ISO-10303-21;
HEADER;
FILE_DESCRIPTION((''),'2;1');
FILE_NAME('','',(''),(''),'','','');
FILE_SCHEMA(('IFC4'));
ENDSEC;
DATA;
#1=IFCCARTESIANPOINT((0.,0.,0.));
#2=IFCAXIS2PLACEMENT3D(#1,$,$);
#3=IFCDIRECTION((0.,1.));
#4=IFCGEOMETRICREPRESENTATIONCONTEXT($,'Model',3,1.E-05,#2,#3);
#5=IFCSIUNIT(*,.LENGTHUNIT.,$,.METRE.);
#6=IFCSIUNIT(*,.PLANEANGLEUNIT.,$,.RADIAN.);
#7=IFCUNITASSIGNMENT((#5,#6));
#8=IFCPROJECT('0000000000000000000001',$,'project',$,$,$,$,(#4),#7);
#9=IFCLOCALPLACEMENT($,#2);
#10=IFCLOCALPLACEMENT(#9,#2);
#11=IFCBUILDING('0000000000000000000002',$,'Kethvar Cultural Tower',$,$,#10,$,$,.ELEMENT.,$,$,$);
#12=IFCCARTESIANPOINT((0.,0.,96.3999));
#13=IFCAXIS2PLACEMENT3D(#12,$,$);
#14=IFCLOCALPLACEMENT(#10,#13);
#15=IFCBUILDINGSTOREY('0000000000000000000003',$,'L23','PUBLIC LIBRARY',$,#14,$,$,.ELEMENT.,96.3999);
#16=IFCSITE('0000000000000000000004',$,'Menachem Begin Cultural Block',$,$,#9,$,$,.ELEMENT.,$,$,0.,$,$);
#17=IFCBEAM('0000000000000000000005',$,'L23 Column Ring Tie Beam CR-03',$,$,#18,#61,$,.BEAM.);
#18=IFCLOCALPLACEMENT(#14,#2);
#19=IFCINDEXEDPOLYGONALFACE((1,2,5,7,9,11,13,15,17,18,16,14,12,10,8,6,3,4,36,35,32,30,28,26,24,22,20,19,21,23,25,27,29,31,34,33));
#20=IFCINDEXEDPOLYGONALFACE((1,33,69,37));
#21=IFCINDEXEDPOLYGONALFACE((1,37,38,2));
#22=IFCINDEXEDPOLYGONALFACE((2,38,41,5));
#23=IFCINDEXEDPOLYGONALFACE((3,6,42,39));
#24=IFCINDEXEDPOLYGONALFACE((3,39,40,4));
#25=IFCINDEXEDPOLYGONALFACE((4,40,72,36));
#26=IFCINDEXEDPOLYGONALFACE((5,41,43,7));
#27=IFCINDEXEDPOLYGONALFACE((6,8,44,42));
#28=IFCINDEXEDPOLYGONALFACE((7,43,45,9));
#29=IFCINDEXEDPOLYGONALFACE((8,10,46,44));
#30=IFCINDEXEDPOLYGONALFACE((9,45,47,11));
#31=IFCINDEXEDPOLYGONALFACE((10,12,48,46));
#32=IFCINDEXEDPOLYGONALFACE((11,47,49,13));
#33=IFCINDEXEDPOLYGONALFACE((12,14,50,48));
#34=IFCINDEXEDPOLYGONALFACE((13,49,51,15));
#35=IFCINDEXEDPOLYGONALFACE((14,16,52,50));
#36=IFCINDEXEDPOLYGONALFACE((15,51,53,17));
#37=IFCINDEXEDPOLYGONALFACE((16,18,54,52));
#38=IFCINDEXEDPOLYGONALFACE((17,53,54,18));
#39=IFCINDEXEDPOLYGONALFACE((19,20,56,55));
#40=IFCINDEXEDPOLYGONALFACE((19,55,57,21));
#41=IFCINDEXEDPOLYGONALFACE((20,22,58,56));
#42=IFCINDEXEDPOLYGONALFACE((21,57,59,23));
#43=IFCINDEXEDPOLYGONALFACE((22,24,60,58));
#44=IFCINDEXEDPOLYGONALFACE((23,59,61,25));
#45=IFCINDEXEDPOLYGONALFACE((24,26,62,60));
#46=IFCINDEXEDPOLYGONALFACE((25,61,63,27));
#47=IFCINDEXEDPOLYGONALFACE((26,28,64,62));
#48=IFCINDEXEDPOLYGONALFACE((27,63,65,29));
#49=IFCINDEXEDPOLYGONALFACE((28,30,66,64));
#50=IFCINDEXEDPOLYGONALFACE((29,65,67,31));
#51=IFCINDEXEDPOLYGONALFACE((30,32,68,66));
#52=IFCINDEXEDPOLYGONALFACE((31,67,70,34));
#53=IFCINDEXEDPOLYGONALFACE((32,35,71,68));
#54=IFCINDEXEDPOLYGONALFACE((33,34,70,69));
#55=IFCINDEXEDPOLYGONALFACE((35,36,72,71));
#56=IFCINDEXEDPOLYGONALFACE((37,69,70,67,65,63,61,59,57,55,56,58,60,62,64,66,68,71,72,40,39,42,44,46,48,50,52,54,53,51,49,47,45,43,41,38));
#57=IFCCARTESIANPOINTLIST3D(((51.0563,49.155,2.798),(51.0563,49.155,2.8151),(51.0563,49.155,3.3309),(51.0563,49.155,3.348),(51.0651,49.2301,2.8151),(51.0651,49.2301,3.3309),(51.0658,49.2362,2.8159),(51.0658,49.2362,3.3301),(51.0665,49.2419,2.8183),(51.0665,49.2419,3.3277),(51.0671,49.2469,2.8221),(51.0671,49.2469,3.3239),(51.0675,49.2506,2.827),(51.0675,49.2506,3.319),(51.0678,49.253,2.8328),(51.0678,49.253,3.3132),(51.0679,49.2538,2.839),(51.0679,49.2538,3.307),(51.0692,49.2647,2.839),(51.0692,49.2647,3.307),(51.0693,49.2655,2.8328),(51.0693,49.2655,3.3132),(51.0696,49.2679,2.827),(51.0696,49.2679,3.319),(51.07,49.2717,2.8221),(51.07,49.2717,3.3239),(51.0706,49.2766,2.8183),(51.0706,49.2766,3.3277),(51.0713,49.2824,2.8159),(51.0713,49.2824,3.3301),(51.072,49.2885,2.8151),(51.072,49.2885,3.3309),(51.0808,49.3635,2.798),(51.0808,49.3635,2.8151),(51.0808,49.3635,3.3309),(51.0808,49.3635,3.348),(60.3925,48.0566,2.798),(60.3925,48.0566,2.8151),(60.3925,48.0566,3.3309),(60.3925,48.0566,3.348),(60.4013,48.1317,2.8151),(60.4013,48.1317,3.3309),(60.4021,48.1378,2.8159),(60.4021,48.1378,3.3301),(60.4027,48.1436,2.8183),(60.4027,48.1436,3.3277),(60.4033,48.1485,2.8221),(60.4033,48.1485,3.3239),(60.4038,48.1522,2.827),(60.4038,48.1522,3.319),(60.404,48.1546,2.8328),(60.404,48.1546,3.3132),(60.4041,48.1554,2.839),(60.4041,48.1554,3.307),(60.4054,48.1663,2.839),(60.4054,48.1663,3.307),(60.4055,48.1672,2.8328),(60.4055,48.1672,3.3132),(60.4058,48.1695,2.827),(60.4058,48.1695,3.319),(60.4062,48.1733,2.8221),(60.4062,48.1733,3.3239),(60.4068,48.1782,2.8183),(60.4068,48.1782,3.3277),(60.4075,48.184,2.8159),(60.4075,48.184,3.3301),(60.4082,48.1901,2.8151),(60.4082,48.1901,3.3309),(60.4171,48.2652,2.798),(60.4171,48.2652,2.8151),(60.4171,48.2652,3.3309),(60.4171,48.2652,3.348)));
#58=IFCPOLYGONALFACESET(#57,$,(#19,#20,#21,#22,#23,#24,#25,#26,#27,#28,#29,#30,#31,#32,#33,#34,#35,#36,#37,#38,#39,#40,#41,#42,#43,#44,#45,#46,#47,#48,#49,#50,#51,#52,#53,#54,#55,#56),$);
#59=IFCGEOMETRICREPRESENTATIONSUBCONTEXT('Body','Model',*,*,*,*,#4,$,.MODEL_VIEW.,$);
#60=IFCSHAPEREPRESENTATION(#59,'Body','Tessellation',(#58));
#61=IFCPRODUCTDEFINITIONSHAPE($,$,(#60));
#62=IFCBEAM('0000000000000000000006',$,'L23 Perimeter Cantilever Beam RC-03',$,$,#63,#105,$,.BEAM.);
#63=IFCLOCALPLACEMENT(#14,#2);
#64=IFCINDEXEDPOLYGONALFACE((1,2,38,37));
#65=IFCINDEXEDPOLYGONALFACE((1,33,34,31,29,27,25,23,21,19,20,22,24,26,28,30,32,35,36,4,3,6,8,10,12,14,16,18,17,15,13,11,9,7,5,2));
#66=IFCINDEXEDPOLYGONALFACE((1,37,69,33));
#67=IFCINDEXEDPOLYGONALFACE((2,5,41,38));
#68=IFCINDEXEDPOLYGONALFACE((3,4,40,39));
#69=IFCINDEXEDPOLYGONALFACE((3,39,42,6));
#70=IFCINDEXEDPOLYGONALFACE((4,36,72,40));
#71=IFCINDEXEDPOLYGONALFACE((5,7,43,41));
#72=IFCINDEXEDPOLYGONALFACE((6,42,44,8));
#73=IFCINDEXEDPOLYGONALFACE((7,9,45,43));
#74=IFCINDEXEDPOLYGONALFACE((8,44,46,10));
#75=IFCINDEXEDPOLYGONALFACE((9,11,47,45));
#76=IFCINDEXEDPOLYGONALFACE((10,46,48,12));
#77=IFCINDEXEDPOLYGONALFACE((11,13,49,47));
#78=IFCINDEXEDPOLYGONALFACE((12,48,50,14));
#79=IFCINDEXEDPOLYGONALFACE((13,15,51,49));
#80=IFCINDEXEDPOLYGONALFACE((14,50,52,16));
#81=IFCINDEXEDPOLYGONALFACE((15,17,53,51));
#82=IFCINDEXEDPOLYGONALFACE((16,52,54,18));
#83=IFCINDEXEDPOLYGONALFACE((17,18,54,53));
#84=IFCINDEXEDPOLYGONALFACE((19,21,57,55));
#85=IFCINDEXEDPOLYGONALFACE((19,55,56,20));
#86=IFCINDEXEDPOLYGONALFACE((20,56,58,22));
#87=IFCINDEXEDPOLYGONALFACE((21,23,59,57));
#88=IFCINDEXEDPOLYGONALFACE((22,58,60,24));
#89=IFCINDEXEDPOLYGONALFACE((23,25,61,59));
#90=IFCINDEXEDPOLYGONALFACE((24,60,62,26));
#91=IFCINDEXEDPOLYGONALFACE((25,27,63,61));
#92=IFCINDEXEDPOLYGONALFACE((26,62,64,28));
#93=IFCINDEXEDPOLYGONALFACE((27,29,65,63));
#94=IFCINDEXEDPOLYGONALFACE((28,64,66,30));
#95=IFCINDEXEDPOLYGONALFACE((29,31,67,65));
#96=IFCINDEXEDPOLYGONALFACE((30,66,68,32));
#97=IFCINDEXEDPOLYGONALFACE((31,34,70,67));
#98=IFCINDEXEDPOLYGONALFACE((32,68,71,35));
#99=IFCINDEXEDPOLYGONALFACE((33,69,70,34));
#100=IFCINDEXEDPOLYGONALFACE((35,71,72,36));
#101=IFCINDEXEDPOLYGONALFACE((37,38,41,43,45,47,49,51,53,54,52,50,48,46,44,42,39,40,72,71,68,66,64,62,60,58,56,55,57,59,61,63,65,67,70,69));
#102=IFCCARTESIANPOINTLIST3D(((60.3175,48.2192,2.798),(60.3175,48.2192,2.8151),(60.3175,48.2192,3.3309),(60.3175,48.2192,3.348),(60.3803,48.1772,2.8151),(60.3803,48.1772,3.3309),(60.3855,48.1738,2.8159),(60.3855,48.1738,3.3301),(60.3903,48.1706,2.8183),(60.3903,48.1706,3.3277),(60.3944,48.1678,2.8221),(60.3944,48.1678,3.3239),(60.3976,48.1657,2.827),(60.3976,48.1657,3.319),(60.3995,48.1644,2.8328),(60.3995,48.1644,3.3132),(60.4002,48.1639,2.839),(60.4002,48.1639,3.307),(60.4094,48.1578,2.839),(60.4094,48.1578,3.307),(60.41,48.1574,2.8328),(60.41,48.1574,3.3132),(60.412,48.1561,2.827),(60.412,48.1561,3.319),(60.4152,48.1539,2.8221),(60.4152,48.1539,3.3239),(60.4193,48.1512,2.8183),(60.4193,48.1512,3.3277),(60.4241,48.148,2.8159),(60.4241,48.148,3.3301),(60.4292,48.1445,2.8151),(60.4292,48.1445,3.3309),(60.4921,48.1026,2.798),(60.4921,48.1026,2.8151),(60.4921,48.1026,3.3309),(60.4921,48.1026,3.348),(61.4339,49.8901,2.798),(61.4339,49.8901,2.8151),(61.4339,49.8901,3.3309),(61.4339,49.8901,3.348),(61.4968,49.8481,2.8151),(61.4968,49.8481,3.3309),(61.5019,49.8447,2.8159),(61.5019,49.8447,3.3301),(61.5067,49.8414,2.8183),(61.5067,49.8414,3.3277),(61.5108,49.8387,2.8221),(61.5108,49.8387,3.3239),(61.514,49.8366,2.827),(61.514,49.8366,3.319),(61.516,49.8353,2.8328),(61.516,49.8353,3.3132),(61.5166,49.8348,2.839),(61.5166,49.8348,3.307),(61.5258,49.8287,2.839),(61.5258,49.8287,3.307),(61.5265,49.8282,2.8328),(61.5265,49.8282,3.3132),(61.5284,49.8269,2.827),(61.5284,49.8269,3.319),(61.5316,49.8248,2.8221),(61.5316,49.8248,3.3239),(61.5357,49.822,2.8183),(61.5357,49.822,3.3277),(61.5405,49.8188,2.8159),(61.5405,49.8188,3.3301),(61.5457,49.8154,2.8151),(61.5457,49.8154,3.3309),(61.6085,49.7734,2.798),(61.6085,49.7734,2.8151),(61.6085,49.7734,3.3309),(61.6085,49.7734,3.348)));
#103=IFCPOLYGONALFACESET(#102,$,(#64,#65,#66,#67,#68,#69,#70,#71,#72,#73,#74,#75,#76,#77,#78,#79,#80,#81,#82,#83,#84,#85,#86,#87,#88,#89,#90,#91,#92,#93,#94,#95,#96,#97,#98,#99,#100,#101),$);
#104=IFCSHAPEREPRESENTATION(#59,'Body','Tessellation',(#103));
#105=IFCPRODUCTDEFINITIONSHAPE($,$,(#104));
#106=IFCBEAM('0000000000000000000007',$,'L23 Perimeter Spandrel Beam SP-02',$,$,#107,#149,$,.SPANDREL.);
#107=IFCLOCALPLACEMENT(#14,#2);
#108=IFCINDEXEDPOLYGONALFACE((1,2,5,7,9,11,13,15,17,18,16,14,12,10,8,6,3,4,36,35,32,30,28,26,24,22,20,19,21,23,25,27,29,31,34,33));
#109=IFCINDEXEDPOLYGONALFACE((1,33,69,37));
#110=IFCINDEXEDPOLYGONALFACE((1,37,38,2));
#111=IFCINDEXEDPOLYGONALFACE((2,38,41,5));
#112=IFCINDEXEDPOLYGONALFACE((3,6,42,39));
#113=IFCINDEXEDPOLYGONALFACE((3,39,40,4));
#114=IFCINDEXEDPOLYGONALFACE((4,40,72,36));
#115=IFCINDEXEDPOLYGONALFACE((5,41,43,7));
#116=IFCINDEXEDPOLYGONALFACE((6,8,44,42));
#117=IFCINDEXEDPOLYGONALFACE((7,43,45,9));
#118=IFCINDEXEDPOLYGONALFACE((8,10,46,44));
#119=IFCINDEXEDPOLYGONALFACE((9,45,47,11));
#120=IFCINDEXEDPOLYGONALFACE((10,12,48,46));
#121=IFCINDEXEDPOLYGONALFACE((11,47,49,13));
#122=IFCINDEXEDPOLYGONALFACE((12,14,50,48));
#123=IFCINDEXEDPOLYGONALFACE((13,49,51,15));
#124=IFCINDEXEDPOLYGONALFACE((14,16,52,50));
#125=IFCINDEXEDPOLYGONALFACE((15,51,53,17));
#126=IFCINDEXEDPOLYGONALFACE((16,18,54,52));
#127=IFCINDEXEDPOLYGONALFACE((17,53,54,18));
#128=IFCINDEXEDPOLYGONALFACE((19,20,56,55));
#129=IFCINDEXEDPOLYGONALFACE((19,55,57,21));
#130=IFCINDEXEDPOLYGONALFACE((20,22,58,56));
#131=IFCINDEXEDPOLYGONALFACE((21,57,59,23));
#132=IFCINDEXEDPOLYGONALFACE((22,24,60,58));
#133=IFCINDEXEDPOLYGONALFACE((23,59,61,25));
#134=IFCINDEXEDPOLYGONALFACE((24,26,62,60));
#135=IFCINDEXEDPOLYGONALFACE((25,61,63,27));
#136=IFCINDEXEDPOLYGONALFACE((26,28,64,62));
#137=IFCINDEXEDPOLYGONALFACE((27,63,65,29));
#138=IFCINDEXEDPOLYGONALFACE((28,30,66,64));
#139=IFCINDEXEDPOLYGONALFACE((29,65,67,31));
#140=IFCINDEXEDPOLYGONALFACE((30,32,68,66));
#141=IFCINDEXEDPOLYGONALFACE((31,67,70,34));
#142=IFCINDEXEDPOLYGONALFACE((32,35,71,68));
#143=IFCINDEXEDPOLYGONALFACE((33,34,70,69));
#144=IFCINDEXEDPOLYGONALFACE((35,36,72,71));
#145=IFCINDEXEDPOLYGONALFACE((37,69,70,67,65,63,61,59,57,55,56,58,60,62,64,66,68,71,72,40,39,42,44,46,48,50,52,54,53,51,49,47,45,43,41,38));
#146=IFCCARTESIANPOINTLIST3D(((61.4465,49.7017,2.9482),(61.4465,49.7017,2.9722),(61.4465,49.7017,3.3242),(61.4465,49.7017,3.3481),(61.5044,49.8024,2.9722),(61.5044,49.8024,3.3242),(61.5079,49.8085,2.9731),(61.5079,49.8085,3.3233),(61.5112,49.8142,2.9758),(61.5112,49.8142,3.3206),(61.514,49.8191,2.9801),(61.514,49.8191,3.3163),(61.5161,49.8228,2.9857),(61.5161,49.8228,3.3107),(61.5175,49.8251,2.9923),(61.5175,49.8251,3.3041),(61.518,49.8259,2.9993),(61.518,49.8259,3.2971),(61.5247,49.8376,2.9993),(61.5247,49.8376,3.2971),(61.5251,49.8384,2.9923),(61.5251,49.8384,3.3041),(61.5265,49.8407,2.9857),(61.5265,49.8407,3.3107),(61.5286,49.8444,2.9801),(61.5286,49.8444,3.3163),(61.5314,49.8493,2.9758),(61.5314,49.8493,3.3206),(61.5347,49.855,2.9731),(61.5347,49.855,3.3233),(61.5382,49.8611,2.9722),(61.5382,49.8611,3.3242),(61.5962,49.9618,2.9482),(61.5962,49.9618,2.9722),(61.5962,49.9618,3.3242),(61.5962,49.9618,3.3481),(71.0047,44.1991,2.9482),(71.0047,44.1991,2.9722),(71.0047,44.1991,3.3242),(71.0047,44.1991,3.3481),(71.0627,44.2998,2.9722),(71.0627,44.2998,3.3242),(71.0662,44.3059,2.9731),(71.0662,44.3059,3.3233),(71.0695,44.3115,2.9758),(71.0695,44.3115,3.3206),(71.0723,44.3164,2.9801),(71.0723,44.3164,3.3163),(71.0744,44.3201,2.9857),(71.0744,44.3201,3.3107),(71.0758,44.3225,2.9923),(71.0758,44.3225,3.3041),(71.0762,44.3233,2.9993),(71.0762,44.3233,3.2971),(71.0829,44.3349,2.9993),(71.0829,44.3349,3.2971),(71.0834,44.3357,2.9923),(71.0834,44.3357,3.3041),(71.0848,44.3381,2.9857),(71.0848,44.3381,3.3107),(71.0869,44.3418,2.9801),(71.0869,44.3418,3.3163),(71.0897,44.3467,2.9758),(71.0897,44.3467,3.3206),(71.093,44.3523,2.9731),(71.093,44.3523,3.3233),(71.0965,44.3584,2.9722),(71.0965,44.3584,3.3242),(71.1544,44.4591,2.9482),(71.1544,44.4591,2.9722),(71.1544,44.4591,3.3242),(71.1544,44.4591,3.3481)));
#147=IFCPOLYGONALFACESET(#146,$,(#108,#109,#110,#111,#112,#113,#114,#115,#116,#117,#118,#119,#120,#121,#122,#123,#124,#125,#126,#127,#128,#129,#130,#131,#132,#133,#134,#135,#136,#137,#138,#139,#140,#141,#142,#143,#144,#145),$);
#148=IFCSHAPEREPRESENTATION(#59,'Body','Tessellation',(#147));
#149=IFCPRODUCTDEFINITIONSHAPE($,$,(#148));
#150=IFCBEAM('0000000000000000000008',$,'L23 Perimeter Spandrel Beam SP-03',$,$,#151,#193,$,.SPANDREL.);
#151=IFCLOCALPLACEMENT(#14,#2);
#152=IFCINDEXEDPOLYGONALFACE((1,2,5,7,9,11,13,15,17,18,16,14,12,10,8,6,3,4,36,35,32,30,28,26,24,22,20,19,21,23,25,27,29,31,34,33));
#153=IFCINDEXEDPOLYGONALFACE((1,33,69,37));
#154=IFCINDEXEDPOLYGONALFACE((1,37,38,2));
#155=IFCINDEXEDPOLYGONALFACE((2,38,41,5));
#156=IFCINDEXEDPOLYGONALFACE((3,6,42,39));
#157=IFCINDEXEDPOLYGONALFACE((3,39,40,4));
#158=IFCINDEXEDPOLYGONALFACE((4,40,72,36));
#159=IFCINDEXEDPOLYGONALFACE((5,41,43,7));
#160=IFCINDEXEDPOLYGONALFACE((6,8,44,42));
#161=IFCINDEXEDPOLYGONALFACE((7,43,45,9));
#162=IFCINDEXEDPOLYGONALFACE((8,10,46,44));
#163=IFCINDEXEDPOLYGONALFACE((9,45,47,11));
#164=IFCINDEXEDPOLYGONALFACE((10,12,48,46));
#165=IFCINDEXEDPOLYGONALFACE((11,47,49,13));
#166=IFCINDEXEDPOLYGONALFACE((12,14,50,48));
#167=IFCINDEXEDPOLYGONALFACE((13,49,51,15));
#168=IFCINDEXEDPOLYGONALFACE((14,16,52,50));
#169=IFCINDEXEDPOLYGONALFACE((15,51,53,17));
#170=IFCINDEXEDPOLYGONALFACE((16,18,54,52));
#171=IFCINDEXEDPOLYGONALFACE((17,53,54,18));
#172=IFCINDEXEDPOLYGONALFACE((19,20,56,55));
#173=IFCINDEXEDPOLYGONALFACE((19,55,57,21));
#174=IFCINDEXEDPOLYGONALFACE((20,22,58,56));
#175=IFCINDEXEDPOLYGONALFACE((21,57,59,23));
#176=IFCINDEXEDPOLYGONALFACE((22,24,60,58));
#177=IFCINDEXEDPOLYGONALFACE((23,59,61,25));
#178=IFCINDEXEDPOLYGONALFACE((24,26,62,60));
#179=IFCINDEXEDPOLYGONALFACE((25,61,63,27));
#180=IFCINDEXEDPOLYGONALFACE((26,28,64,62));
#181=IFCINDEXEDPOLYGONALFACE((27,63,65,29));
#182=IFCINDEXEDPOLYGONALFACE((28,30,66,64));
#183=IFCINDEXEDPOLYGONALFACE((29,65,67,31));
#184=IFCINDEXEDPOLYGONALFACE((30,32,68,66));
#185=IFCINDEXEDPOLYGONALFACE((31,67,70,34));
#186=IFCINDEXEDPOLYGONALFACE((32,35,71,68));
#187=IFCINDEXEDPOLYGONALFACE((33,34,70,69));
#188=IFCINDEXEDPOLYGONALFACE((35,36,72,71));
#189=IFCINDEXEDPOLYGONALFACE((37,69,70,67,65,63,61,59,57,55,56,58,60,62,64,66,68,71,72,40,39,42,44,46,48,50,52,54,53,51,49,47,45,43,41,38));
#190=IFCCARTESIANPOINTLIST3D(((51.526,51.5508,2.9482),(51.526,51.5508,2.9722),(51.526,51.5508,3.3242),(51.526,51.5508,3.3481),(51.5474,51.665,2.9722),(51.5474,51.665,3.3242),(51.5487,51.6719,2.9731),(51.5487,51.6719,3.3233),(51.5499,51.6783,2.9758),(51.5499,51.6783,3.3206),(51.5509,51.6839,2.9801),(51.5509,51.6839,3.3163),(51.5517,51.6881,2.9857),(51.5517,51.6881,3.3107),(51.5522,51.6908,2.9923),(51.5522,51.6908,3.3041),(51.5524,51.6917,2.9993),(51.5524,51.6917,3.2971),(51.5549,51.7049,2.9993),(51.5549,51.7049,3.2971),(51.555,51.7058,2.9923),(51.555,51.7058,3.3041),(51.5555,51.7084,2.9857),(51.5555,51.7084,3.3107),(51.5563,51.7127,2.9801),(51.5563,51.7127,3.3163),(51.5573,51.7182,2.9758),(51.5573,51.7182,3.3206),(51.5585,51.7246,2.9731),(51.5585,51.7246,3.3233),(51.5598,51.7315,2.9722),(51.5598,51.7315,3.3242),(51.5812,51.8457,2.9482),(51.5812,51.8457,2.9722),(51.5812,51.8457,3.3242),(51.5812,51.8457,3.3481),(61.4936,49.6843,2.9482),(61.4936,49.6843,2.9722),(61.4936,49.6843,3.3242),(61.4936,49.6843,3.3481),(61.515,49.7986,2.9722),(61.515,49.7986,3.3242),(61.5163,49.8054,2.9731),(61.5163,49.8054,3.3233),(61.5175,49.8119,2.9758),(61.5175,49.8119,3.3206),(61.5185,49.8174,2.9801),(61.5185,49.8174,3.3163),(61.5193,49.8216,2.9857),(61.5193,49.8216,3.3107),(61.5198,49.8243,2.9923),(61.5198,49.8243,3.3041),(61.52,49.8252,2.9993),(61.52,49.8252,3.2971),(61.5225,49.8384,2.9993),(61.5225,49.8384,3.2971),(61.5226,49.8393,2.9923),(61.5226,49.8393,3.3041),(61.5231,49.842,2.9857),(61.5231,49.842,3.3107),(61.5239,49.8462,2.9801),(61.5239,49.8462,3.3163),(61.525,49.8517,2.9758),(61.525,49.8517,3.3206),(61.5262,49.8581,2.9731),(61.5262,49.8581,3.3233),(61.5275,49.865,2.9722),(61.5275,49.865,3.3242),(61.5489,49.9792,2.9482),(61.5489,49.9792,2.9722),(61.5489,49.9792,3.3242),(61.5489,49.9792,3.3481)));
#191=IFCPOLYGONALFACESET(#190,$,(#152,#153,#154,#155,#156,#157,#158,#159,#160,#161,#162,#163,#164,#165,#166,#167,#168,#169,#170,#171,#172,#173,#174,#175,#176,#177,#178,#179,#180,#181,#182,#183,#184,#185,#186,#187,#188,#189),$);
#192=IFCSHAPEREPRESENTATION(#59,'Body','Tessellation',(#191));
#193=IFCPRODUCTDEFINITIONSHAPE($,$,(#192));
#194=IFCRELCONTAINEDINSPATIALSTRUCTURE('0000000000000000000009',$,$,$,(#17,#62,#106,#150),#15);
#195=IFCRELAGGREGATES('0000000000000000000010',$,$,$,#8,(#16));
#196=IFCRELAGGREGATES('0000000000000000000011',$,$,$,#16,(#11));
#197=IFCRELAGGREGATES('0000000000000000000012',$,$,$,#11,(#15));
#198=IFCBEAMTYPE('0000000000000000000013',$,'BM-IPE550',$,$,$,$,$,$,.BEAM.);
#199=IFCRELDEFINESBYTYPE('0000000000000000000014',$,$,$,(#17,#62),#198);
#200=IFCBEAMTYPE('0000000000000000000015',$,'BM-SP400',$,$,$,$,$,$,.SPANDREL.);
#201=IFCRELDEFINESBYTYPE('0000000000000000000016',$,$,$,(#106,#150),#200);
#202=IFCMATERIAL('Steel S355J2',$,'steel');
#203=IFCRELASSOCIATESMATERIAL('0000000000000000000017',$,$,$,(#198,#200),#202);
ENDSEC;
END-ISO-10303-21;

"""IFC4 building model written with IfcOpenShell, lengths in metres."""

from ifc_helpers import new_model, si_unit, direction, frame, origin, origin_2d, place, context, subcontext, project, spatial, i_section, extrude, source, transform, mapped, material, material_profile, profile_set, type_object, element, save


model = new_model("IFC4")

# Units and contexts
model_context = context("Model", 3, precision=1e-05, world=origin(), true_north=direction((0.0, 1.0)))
body_context = subcontext(model_context, "Body", "Model", "MODEL_VIEW")
ifc_project = project(units=[si_unit("LENGTHUNIT", "METRE"), si_unit("PLANEANGLEUNIT", "RADIAN")], contexts=[model_context])

# Site, building, storey
site_placement = place(None, origin())
site = spatial("IfcSite", under=ifc_project, at=site_placement, Name="Menachem Begin Cultural Block", CompositionType="ELEMENT", RefElevation=0.0)
building_placement = place(site_placement, origin())
building = spatial("IfcBuilding", under=site, at=building_placement, Name="Kethvar Cultural Tower", CompositionType="ELEMENT")
storey_placement = place(building_placement, frame((0.0, 0.0, 96.3999)))
storey = spatial("IfcBuildingStorey", under=building, at=storey_placement, Name="L23", Description="PUBLIC LIBRARY", CompositionType="ELEMENT", Elevation=96.3999)

# Beams
ifc_material_1 = material(Name="Steel S355J2", Category="steel")
ifc_material_profile_1 = material_profile(ifc_material_1, i_section(OverallWidth=0.21, OverallDepth=0.55, WebThickness=0.011, FlangeThickness=0.0171, FilletRadius=0.0239, at=origin_2d()), Name="Steel S355J2 — IPE550")
ifc_profile_set_1 = profile_set([ifc_material_profile_1], Name="Steel S355J2 — IPE550")
beam_type_1 = type_object("IfcBeamType", Name="BM-IPE550", PredefinedType="BEAM", material=ifc_profile_set_1)
shared_shape_1 = source(origin(), body_context, "Body", "SweptSolid", [
    extrude(i_section(OverallWidth=0.21, OverallDepth=0.55, WebThickness=0.011, FlangeThickness=0.0171, FilletRadius=0.0239, at=origin_2d()), origin(), (0.0, 0.0, 1.0), 9.4006),
])
beam_1_placement = place(storey_placement, frame((60.4048, 48.1609, 3.073), z_axis=(-0.99315, 0.116843, 0.0), x_axis=(-0.116843, -0.99315, 0.0)))
element("IfcBeam", 1, at=beam_1_placement, inside=storey, type_object=beam_type_1, Name="L23 Column Ring Tie Beam CR-03", PredefinedType="BEAM", context=body_context, shape_type="MappedRepresentation", body=[
    mapped(shared_shape_1, transform((0.0, 0.0, 0.0), scale=1.0)),
])
shared_shape_2 = source(origin(), body_context, "Body", "SweptSolid", [
    extrude(i_section(OverallWidth=0.21, OverallDepth=0.55, WebThickness=0.011, FlangeThickness=0.0171, FilletRadius=0.0239, at=origin_2d()), origin(), (0.0, 0.0, 1.0), 2.0095),
])
beam_2_placement = place(storey_placement, frame((60.4048, 48.1609, 3.073), z_axis=(0.555569, 0.83147, 0.0), x_axis=(-0.83147, 0.555569, 0.0)))
element("IfcBeam", 2, at=beam_2_placement, inside=storey, type_object=beam_type_1, Name="L23 Perimeter Cantilever Beam RC-03", PredefinedType="BEAM", context=body_context, shape_type="MappedRepresentation", body=[
    mapped(shared_shape_2, transform((0.0, 0.0, 0.0), scale=1.0)),
])
ifc_material_profile_2 = material_profile(ifc_material_1, i_section(OverallWidth=0.3, OverallDepth=0.3999, WebThickness=0.0134, FlangeThickness=0.0239, FilletRadius=0.0271, at=origin_2d()), Name="Steel S355J2 — HEB400")
ifc_profile_set_2 = profile_set([ifc_material_profile_2], Name="Steel S355J2 — HEB400")
beam_type_2 = type_object("IfcBeamType", Name="BM-SP400", PredefinedType="SPANDREL", material=ifc_profile_set_2)
shared_shape_3 = source(origin(), body_context, "Body", "SweptSolid", [
    extrude(i_section(OverallWidth=0.3, OverallDepth=0.3999, WebThickness=0.0134, FlangeThickness=0.0239, FilletRadius=0.0271, at=origin_2d()), origin(), (0.0, 0.0, 1.0), 11.0291),
])
beam_3_placement = place(storey_placement, frame((71.0796, 44.3291, 3.1482), z_axis=(-0.866646, 0.498923, 0.0), x_axis=(-0.498923, -0.866646, 0.0)))
element("IfcBeam", 3, at=beam_3_placement, inside=storey, type_object=beam_type_2, Name="L23 Perimeter Spandrel Beam SP-02", PredefinedType="SPANDREL", context=body_context, shape_type="MappedRepresentation", body=[
    mapped(shared_shape_3, transform((0.0, 0.0, 0.0), scale=1.0)),
])
shared_shape_4 = source(origin(), body_context, "Body", "SweptSolid", [
    extrude(i_section(OverallWidth=0.3, OverallDepth=0.3999, WebThickness=0.0134, FlangeThickness=0.0239, FilletRadius=0.0271, at=origin_2d()), origin(), (0.0, 0.0, 1.0), 10.1409),
])
beam_4_placement = place(storey_placement, frame((61.5212, 49.8318, 3.1482), z_axis=(-0.982916, 0.184055, 0.0), x_axis=(-0.184055, -0.982916, 0.0)))
element("IfcBeam", 4, at=beam_4_placement, inside=storey, type_object=beam_type_2, Name="L23 Perimeter Spandrel Beam SP-03", PredefinedType="SPANDREL", context=body_context, shape_type="MappedRepresentation", body=[
    mapped(shared_shape_4, transform((0.0, 0.0, 0.0), scale=1.0)),
])

save(model, "model.ifc")
